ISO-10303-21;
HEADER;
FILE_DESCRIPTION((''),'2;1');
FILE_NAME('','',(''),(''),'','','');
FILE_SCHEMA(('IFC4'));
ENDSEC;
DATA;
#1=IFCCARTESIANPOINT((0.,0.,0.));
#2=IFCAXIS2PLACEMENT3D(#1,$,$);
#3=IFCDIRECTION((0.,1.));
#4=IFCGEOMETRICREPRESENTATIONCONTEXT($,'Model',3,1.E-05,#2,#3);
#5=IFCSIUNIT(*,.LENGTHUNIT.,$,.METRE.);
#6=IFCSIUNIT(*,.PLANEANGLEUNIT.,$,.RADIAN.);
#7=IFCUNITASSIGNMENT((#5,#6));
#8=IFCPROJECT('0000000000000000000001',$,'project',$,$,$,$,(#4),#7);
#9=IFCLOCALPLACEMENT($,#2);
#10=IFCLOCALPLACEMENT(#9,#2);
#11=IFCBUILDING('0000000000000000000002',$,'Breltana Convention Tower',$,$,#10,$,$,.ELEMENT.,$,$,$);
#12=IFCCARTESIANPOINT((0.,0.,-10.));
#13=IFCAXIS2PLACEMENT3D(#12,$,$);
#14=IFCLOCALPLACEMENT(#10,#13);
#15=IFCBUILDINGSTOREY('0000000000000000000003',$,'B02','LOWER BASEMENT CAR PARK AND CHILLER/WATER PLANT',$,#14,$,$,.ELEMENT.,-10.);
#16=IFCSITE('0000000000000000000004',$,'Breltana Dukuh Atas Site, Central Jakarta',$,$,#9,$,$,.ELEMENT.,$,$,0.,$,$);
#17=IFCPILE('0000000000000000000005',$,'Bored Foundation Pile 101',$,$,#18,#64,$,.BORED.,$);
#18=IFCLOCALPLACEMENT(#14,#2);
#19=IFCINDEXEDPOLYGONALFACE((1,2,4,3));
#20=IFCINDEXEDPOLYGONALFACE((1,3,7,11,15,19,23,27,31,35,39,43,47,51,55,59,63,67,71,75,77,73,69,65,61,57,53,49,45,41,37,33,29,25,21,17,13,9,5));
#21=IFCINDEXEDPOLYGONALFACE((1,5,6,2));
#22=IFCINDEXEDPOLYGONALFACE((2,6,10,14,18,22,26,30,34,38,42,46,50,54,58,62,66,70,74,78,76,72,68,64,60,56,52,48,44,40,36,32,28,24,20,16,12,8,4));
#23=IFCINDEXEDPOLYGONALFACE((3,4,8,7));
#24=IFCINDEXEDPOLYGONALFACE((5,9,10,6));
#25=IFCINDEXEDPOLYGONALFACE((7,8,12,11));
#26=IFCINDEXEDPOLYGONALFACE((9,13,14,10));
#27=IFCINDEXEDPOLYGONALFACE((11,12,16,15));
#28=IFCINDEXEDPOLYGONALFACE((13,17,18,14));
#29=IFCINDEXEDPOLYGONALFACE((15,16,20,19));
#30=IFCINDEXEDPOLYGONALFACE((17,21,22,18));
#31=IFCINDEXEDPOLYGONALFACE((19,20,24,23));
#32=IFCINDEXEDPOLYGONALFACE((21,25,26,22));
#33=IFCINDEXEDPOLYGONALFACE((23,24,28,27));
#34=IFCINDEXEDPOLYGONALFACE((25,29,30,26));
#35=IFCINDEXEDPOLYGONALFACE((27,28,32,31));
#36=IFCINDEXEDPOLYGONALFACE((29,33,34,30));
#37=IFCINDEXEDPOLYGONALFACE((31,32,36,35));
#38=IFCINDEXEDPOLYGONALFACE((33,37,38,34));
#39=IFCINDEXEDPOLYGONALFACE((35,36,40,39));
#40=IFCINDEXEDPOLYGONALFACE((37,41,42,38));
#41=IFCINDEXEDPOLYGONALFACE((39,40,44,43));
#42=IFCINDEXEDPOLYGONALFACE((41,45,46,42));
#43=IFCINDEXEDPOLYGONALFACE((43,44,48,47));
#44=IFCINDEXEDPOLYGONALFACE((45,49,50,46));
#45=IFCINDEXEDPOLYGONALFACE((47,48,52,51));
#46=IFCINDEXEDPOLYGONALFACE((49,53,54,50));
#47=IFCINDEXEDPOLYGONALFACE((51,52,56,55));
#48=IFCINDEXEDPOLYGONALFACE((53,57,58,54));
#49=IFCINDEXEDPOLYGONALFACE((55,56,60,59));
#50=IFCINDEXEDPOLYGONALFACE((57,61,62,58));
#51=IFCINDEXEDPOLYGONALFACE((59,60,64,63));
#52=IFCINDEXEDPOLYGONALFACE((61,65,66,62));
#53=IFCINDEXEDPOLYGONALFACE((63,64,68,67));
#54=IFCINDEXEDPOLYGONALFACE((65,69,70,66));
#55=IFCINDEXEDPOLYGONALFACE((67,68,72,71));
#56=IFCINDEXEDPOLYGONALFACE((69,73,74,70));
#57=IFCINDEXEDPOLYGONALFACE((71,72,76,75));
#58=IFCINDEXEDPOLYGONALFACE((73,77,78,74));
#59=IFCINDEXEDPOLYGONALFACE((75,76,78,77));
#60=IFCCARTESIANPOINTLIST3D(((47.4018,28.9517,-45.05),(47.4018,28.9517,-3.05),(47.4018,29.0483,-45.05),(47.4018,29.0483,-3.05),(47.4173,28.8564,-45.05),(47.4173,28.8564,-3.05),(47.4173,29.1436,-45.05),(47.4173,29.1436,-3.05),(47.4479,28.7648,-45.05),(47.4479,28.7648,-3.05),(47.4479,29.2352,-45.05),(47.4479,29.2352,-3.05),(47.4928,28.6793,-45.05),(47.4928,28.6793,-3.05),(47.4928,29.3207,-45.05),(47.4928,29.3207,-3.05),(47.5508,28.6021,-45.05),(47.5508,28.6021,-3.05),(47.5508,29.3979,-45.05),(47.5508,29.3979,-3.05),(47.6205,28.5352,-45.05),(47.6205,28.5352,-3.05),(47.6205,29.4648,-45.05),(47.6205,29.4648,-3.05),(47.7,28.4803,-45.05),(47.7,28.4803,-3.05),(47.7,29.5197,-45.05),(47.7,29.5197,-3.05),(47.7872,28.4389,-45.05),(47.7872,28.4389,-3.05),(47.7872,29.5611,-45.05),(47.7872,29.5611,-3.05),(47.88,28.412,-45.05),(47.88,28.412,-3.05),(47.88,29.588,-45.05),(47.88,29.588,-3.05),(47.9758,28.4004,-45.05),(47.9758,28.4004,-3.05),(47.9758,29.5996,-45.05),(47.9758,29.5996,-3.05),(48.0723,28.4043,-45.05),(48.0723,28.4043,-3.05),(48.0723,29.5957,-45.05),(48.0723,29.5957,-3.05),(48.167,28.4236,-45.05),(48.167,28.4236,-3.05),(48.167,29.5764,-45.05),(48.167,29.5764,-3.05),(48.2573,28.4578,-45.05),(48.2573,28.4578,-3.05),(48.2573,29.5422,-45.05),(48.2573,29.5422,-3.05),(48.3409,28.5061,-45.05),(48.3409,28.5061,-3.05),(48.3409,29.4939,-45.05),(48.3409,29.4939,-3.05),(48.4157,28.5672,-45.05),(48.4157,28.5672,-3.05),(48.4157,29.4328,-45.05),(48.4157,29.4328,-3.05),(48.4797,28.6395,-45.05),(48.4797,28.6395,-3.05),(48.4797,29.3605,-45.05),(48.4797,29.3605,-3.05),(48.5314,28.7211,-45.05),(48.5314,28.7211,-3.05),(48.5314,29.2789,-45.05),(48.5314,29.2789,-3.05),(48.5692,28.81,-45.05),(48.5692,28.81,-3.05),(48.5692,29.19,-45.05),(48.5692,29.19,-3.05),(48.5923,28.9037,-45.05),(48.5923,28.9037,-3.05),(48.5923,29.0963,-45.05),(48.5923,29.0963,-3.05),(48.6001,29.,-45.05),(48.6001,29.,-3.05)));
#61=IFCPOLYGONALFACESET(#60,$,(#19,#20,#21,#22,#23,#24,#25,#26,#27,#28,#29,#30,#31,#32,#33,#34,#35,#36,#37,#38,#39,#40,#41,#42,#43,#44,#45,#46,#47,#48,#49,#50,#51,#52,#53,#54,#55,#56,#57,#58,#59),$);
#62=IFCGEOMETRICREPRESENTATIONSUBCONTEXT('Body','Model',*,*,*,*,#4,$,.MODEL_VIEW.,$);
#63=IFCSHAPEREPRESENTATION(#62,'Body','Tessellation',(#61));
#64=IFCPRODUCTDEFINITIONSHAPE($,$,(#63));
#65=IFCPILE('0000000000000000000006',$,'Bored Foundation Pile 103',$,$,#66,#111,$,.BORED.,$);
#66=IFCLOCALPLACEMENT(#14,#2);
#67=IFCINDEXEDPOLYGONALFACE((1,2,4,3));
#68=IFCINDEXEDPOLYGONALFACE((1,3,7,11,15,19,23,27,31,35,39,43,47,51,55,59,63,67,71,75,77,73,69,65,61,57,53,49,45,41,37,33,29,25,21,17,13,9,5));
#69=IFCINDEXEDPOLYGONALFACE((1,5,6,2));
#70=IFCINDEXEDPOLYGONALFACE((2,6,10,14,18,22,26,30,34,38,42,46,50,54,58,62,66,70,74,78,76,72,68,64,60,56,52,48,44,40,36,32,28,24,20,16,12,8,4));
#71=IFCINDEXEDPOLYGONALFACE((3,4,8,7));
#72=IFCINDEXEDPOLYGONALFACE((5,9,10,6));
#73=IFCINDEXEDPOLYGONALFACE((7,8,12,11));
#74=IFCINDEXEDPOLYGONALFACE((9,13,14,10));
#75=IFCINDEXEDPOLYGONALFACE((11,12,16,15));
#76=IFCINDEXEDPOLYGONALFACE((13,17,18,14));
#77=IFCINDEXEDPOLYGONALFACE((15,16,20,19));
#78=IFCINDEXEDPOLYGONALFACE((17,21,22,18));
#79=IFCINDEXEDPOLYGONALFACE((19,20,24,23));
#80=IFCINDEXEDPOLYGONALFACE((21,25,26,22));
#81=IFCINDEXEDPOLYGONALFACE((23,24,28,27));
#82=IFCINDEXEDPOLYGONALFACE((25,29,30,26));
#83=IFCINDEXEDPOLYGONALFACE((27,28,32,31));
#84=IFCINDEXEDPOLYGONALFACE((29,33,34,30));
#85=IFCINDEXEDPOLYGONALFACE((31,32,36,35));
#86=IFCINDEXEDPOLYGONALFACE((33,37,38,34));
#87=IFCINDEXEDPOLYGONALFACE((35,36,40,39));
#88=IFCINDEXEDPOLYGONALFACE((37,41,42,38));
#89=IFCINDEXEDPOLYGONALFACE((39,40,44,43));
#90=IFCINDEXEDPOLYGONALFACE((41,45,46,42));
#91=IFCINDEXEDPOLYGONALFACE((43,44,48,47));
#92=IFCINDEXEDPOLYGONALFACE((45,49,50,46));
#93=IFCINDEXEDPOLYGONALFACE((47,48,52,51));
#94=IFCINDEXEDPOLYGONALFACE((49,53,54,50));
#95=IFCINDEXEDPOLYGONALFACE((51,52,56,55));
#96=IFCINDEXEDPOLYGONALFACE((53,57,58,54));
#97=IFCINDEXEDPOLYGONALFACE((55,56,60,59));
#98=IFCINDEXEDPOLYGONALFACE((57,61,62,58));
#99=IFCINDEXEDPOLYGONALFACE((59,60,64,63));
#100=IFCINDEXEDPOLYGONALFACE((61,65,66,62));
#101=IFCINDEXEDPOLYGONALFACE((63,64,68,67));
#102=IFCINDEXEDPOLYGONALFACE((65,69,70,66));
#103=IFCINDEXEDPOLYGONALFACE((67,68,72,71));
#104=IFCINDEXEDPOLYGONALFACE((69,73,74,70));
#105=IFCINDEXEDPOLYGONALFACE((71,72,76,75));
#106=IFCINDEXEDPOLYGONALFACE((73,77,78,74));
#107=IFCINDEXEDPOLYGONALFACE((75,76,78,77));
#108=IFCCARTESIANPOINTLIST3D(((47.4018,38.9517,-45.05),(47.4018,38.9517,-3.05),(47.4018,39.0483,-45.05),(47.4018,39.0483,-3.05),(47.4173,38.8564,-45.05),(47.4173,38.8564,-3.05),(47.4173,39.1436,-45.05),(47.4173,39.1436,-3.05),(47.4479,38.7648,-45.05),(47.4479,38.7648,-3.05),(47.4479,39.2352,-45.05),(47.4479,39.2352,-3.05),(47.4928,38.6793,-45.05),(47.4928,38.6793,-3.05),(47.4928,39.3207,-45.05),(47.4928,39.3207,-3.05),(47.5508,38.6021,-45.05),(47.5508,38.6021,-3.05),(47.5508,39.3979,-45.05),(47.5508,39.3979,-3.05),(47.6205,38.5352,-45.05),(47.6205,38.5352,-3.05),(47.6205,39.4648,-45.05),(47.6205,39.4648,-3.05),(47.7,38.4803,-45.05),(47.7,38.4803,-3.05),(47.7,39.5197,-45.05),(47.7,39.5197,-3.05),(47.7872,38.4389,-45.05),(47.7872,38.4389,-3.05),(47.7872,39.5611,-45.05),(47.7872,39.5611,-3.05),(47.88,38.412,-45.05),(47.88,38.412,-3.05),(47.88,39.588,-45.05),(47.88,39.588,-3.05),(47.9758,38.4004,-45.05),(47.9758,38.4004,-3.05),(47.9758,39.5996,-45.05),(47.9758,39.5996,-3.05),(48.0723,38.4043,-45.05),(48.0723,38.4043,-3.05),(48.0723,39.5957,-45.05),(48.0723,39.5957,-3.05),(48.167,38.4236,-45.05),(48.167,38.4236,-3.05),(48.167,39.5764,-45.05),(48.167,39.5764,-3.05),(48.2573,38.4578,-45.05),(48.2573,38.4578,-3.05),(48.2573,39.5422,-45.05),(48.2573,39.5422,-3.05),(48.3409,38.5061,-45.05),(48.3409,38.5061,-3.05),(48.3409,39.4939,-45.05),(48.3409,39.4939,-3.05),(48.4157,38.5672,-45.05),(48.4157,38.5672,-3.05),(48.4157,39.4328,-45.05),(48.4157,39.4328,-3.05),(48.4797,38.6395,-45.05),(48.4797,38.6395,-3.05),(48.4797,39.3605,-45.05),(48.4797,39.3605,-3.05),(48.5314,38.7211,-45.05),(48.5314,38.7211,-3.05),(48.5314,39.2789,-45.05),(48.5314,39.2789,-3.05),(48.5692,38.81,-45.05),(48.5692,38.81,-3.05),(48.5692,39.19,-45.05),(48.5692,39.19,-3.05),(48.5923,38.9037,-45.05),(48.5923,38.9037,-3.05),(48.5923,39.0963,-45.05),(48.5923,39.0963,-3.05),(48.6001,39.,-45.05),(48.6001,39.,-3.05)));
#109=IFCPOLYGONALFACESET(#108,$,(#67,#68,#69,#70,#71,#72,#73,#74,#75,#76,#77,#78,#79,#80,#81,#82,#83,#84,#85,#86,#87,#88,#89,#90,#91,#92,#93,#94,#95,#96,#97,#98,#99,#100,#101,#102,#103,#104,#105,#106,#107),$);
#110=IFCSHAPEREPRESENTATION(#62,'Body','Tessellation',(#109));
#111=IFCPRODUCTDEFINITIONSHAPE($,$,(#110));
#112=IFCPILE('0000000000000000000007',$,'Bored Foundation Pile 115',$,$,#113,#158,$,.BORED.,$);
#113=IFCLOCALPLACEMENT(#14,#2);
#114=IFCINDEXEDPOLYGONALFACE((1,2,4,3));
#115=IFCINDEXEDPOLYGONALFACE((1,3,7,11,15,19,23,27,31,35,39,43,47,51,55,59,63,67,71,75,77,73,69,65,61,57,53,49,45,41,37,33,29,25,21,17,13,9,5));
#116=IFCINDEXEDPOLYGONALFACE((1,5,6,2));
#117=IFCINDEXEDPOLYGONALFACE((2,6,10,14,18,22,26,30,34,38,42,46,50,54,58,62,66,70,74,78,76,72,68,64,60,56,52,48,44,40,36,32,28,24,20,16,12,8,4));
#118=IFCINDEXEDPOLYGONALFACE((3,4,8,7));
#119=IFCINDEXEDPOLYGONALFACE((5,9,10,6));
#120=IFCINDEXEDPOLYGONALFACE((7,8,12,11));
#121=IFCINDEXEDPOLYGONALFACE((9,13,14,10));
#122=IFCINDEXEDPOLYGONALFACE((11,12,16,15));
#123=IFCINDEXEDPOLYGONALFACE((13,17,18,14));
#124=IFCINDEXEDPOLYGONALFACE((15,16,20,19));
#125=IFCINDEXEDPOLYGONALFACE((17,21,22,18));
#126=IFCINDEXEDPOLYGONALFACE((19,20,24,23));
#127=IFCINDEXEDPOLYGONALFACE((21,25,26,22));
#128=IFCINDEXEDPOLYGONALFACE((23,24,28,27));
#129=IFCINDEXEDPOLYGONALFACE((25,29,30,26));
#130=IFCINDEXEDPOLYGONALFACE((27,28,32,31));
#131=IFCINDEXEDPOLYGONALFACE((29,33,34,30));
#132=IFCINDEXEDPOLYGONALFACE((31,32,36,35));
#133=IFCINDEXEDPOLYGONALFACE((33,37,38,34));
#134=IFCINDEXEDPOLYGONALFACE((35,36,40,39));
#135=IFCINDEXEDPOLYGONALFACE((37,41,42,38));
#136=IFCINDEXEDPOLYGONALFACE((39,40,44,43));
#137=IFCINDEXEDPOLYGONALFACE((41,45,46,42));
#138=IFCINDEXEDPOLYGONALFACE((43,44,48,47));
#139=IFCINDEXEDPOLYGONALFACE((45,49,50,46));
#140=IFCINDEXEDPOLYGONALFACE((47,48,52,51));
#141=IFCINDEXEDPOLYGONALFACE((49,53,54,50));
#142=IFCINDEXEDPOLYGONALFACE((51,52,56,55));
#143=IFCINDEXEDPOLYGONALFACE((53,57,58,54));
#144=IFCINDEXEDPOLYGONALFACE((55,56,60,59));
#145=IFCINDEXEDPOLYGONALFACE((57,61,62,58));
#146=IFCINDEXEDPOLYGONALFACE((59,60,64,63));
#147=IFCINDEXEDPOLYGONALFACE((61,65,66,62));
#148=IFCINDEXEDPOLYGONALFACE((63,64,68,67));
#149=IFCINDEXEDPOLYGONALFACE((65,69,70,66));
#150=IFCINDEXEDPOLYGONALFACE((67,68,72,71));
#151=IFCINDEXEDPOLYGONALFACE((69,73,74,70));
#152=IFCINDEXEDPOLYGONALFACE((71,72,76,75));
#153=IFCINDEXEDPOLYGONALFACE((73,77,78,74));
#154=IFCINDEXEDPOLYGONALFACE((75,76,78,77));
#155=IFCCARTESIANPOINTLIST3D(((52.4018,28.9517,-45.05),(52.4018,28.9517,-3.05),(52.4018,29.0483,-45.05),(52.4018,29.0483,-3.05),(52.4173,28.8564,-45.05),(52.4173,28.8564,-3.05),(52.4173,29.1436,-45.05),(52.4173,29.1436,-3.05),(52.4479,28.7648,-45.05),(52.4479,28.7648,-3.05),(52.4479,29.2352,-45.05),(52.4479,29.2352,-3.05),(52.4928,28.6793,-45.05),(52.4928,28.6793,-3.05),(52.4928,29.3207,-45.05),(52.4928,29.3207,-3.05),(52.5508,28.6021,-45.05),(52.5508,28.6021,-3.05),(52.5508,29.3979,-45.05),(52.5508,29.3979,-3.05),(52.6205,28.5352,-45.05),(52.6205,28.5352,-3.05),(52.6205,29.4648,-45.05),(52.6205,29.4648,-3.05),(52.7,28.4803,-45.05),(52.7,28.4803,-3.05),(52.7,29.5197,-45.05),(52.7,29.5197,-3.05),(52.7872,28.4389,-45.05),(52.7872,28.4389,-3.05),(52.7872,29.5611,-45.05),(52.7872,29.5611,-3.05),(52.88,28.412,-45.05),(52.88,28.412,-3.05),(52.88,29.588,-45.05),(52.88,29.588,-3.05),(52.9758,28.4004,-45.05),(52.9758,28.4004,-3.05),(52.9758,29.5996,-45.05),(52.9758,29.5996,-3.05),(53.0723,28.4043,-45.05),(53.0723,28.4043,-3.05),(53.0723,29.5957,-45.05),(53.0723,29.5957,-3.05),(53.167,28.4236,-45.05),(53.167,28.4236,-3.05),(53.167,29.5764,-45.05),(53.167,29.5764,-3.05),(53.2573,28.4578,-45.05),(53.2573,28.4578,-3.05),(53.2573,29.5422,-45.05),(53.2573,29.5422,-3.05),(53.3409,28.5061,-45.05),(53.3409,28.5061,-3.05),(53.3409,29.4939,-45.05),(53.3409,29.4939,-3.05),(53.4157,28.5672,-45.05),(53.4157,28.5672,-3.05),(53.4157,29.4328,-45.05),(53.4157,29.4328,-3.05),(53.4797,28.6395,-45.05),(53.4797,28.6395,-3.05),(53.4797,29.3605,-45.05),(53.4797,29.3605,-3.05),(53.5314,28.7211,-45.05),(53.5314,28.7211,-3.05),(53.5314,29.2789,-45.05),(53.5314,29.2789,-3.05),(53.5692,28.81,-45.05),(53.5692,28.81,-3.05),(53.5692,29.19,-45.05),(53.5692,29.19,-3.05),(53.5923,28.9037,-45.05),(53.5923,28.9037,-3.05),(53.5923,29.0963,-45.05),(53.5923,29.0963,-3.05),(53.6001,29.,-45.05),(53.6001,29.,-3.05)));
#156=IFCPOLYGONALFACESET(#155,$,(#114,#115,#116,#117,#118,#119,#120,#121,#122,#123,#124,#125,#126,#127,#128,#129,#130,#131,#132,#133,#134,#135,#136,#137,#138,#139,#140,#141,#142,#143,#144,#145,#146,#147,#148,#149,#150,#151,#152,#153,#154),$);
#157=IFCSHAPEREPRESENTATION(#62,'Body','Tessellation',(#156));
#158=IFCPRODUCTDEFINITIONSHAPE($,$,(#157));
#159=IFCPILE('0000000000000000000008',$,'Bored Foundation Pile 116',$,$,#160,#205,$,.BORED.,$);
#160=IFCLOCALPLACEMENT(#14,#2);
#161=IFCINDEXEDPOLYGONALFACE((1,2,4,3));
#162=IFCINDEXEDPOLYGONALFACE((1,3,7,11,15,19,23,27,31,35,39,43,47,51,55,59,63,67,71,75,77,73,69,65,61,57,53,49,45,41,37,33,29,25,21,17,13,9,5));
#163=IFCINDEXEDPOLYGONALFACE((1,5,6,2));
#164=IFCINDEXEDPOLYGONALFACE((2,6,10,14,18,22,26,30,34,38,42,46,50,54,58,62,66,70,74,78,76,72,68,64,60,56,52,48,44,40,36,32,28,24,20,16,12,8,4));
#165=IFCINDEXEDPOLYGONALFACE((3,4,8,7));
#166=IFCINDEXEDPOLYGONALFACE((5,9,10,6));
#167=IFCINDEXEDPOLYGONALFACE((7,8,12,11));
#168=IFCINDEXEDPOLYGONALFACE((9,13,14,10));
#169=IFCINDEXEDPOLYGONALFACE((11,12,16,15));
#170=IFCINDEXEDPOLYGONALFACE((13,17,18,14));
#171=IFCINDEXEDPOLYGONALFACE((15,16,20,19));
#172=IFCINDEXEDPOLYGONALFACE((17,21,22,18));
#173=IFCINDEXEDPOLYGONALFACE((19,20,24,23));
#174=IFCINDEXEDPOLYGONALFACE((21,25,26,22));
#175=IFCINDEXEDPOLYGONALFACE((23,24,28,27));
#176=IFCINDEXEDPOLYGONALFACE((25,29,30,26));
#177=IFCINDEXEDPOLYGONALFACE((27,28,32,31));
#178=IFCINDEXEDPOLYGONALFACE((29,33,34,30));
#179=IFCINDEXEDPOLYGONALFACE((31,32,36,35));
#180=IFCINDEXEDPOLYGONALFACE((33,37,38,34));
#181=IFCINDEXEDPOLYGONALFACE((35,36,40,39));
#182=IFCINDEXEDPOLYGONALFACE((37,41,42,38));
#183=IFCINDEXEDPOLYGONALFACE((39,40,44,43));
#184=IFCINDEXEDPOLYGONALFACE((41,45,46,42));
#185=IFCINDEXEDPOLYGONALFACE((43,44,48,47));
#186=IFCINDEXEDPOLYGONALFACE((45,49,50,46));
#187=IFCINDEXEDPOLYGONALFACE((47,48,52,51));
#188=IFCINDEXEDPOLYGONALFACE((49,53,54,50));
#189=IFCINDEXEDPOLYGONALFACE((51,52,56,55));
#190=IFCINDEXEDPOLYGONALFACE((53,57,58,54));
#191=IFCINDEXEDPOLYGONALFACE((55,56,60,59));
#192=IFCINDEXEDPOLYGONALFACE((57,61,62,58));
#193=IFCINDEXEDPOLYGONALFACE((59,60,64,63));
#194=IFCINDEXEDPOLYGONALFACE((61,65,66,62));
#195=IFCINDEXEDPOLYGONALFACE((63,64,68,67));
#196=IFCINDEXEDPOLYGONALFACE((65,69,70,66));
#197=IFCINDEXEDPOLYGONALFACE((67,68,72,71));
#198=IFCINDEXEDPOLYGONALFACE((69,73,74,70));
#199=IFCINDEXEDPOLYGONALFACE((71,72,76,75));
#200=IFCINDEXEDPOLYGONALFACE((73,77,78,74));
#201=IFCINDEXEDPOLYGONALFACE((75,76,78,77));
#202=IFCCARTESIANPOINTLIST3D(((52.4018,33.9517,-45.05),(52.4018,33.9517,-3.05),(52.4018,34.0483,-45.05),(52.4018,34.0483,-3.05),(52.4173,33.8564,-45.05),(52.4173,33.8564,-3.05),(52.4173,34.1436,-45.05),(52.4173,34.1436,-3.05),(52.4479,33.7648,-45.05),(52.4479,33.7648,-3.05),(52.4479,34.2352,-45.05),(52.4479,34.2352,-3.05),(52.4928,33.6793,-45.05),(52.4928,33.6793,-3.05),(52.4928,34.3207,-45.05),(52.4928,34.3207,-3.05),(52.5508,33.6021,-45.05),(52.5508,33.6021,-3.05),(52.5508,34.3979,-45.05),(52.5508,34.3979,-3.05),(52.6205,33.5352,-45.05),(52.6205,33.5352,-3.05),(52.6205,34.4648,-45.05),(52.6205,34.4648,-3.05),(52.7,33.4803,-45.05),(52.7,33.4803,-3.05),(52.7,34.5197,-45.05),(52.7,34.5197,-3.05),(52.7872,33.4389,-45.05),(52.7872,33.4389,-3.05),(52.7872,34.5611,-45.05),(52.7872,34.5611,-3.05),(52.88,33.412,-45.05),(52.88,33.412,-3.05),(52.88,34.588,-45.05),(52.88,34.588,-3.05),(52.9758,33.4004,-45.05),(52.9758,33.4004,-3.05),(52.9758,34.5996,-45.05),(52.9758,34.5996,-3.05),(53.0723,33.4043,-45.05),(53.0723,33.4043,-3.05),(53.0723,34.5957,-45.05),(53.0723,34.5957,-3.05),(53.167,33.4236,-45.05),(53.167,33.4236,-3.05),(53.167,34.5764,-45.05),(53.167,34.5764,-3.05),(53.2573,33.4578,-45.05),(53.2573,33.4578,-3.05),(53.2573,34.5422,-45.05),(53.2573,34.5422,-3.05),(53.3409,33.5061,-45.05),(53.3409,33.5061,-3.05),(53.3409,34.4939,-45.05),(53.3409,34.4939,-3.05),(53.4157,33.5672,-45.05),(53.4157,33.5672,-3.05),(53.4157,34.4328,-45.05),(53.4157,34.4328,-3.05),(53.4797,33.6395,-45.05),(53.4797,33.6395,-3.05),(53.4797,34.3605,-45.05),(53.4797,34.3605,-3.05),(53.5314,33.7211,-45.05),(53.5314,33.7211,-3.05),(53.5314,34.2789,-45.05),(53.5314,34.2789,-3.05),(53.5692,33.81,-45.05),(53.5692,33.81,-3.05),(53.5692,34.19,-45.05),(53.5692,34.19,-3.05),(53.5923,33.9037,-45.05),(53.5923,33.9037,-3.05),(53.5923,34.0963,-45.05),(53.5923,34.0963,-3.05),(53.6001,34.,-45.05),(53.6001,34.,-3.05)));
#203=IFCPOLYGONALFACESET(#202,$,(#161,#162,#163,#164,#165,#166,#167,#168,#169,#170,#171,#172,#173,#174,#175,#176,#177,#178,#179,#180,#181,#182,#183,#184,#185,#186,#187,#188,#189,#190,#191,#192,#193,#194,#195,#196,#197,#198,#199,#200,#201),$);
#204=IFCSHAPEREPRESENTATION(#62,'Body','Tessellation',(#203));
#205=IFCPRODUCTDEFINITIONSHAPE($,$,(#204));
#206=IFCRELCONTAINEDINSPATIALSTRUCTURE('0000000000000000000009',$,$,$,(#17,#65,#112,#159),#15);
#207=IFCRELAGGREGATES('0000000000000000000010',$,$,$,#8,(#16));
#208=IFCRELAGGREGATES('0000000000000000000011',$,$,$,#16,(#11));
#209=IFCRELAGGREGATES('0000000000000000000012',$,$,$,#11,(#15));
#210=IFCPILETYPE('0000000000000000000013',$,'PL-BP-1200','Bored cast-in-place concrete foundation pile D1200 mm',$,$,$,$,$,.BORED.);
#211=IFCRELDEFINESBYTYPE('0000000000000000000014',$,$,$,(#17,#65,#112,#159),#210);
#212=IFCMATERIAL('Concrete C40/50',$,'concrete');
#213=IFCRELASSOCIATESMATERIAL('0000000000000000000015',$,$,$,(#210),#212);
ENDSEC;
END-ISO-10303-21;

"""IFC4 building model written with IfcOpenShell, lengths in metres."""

from ifc_helpers import new_model, si_unit, direction, frame, origin, origin_2d, place, context, subcontext, project, spatial, circle, extrude, source, transform, mapped, material, material_profile, profile_set, type_object, type_shapes, element, save


model = new_model("IFC4")

# Units and contexts
model_context = context("Model", 3, precision=1e-05, world=origin(), true_north=direction((0.0, 1.0)))
body_context = subcontext(model_context, "Body", "Model", "MODEL_VIEW")
ifc_project = project(units=[si_unit("LENGTHUNIT", "METRE"), si_unit("PLANEANGLEUNIT", "RADIAN")], contexts=[model_context])

# Site, building, storey
site_placement = place(None, origin())
site = spatial("IfcSite", under=ifc_project, at=site_placement, Name="Breltana Dukuh Atas Site, Central Jakarta", CompositionType="ELEMENT", RefElevation=0.0)
building_placement = place(site_placement, origin())
building = spatial("IfcBuilding", under=site, at=building_placement, Name="Breltana Convention Tower", CompositionType="ELEMENT")
storey_placement = place(building_placement, frame((0.0, 0.0, -10.0)))
storey = spatial("IfcBuildingStorey", under=building, at=storey_placement, Name="B02", Description="LOWER BASEMENT CAR PARK AND CHILLER/WATER PLANT", CompositionType="ELEMENT", Elevation=-10.0)

# Piles
ifc_material_1 = material(Name="Concrete C40/50", Category="concrete")
ifc_material_profile_1 = material_profile(ifc_material_1, circle(Radius=0.6001, at=origin_2d()), Name="BP-D1200")
ifc_profile_set_1 = profile_set([ifc_material_profile_1], Name="Concrete C40/50")
pile_type_1 = type_object("IfcPileType", Name="PL-BP-1200", Description="Bored cast-in-place concrete foundation pile D1200 mm", PredefinedType="BORED", material=ifc_profile_set_1)
shared_shape_1 = source(origin(), body_context, "Body", "SweptSolid", [
    extrude(circle(Radius=0.6001, at=origin_2d()), origin(), (0.0, 0.0, 1.0), 42.0),
])
type_shapes(pile_type_1, [shared_shape_1])
for number, where, z_axis, x_axis, name in (
    (1, (48.0, 29.0, -3.05), (0.0, 0.0, -1.0), (1.0, 0.0, 0.0), "Bored Foundation Pile 101"),
    (2, (48.0, 39.0, -3.05), (0.0, 0.0, -1.0), (1.0, 0.0, 0.0), "Bored Foundation Pile 103"),
    (3, (53.0, 29.0, -3.05), (0.0, 0.0, -1.0), (1.0, 0.0, 0.0), "Bored Foundation Pile 115"),
    (4, (53.0, 34.0, -3.05), (0.0, 0.0, -1.0), (1.0, 0.0, 0.0), "Bored Foundation Pile 116"),
):
    element("IfcPile", number, at=place(storey_placement, frame(where, z_axis=z_axis, x_axis=x_axis)), inside=storey, type_object=pile_type_1, Name=name, PredefinedType="BORED", context=body_context, shape_type="MappedRepresentation", body=[
        mapped(shared_shape_1, transform((0.0, 0.0, 0.0), scale=1.0)),
    ])

save(model, "model.ifc")
